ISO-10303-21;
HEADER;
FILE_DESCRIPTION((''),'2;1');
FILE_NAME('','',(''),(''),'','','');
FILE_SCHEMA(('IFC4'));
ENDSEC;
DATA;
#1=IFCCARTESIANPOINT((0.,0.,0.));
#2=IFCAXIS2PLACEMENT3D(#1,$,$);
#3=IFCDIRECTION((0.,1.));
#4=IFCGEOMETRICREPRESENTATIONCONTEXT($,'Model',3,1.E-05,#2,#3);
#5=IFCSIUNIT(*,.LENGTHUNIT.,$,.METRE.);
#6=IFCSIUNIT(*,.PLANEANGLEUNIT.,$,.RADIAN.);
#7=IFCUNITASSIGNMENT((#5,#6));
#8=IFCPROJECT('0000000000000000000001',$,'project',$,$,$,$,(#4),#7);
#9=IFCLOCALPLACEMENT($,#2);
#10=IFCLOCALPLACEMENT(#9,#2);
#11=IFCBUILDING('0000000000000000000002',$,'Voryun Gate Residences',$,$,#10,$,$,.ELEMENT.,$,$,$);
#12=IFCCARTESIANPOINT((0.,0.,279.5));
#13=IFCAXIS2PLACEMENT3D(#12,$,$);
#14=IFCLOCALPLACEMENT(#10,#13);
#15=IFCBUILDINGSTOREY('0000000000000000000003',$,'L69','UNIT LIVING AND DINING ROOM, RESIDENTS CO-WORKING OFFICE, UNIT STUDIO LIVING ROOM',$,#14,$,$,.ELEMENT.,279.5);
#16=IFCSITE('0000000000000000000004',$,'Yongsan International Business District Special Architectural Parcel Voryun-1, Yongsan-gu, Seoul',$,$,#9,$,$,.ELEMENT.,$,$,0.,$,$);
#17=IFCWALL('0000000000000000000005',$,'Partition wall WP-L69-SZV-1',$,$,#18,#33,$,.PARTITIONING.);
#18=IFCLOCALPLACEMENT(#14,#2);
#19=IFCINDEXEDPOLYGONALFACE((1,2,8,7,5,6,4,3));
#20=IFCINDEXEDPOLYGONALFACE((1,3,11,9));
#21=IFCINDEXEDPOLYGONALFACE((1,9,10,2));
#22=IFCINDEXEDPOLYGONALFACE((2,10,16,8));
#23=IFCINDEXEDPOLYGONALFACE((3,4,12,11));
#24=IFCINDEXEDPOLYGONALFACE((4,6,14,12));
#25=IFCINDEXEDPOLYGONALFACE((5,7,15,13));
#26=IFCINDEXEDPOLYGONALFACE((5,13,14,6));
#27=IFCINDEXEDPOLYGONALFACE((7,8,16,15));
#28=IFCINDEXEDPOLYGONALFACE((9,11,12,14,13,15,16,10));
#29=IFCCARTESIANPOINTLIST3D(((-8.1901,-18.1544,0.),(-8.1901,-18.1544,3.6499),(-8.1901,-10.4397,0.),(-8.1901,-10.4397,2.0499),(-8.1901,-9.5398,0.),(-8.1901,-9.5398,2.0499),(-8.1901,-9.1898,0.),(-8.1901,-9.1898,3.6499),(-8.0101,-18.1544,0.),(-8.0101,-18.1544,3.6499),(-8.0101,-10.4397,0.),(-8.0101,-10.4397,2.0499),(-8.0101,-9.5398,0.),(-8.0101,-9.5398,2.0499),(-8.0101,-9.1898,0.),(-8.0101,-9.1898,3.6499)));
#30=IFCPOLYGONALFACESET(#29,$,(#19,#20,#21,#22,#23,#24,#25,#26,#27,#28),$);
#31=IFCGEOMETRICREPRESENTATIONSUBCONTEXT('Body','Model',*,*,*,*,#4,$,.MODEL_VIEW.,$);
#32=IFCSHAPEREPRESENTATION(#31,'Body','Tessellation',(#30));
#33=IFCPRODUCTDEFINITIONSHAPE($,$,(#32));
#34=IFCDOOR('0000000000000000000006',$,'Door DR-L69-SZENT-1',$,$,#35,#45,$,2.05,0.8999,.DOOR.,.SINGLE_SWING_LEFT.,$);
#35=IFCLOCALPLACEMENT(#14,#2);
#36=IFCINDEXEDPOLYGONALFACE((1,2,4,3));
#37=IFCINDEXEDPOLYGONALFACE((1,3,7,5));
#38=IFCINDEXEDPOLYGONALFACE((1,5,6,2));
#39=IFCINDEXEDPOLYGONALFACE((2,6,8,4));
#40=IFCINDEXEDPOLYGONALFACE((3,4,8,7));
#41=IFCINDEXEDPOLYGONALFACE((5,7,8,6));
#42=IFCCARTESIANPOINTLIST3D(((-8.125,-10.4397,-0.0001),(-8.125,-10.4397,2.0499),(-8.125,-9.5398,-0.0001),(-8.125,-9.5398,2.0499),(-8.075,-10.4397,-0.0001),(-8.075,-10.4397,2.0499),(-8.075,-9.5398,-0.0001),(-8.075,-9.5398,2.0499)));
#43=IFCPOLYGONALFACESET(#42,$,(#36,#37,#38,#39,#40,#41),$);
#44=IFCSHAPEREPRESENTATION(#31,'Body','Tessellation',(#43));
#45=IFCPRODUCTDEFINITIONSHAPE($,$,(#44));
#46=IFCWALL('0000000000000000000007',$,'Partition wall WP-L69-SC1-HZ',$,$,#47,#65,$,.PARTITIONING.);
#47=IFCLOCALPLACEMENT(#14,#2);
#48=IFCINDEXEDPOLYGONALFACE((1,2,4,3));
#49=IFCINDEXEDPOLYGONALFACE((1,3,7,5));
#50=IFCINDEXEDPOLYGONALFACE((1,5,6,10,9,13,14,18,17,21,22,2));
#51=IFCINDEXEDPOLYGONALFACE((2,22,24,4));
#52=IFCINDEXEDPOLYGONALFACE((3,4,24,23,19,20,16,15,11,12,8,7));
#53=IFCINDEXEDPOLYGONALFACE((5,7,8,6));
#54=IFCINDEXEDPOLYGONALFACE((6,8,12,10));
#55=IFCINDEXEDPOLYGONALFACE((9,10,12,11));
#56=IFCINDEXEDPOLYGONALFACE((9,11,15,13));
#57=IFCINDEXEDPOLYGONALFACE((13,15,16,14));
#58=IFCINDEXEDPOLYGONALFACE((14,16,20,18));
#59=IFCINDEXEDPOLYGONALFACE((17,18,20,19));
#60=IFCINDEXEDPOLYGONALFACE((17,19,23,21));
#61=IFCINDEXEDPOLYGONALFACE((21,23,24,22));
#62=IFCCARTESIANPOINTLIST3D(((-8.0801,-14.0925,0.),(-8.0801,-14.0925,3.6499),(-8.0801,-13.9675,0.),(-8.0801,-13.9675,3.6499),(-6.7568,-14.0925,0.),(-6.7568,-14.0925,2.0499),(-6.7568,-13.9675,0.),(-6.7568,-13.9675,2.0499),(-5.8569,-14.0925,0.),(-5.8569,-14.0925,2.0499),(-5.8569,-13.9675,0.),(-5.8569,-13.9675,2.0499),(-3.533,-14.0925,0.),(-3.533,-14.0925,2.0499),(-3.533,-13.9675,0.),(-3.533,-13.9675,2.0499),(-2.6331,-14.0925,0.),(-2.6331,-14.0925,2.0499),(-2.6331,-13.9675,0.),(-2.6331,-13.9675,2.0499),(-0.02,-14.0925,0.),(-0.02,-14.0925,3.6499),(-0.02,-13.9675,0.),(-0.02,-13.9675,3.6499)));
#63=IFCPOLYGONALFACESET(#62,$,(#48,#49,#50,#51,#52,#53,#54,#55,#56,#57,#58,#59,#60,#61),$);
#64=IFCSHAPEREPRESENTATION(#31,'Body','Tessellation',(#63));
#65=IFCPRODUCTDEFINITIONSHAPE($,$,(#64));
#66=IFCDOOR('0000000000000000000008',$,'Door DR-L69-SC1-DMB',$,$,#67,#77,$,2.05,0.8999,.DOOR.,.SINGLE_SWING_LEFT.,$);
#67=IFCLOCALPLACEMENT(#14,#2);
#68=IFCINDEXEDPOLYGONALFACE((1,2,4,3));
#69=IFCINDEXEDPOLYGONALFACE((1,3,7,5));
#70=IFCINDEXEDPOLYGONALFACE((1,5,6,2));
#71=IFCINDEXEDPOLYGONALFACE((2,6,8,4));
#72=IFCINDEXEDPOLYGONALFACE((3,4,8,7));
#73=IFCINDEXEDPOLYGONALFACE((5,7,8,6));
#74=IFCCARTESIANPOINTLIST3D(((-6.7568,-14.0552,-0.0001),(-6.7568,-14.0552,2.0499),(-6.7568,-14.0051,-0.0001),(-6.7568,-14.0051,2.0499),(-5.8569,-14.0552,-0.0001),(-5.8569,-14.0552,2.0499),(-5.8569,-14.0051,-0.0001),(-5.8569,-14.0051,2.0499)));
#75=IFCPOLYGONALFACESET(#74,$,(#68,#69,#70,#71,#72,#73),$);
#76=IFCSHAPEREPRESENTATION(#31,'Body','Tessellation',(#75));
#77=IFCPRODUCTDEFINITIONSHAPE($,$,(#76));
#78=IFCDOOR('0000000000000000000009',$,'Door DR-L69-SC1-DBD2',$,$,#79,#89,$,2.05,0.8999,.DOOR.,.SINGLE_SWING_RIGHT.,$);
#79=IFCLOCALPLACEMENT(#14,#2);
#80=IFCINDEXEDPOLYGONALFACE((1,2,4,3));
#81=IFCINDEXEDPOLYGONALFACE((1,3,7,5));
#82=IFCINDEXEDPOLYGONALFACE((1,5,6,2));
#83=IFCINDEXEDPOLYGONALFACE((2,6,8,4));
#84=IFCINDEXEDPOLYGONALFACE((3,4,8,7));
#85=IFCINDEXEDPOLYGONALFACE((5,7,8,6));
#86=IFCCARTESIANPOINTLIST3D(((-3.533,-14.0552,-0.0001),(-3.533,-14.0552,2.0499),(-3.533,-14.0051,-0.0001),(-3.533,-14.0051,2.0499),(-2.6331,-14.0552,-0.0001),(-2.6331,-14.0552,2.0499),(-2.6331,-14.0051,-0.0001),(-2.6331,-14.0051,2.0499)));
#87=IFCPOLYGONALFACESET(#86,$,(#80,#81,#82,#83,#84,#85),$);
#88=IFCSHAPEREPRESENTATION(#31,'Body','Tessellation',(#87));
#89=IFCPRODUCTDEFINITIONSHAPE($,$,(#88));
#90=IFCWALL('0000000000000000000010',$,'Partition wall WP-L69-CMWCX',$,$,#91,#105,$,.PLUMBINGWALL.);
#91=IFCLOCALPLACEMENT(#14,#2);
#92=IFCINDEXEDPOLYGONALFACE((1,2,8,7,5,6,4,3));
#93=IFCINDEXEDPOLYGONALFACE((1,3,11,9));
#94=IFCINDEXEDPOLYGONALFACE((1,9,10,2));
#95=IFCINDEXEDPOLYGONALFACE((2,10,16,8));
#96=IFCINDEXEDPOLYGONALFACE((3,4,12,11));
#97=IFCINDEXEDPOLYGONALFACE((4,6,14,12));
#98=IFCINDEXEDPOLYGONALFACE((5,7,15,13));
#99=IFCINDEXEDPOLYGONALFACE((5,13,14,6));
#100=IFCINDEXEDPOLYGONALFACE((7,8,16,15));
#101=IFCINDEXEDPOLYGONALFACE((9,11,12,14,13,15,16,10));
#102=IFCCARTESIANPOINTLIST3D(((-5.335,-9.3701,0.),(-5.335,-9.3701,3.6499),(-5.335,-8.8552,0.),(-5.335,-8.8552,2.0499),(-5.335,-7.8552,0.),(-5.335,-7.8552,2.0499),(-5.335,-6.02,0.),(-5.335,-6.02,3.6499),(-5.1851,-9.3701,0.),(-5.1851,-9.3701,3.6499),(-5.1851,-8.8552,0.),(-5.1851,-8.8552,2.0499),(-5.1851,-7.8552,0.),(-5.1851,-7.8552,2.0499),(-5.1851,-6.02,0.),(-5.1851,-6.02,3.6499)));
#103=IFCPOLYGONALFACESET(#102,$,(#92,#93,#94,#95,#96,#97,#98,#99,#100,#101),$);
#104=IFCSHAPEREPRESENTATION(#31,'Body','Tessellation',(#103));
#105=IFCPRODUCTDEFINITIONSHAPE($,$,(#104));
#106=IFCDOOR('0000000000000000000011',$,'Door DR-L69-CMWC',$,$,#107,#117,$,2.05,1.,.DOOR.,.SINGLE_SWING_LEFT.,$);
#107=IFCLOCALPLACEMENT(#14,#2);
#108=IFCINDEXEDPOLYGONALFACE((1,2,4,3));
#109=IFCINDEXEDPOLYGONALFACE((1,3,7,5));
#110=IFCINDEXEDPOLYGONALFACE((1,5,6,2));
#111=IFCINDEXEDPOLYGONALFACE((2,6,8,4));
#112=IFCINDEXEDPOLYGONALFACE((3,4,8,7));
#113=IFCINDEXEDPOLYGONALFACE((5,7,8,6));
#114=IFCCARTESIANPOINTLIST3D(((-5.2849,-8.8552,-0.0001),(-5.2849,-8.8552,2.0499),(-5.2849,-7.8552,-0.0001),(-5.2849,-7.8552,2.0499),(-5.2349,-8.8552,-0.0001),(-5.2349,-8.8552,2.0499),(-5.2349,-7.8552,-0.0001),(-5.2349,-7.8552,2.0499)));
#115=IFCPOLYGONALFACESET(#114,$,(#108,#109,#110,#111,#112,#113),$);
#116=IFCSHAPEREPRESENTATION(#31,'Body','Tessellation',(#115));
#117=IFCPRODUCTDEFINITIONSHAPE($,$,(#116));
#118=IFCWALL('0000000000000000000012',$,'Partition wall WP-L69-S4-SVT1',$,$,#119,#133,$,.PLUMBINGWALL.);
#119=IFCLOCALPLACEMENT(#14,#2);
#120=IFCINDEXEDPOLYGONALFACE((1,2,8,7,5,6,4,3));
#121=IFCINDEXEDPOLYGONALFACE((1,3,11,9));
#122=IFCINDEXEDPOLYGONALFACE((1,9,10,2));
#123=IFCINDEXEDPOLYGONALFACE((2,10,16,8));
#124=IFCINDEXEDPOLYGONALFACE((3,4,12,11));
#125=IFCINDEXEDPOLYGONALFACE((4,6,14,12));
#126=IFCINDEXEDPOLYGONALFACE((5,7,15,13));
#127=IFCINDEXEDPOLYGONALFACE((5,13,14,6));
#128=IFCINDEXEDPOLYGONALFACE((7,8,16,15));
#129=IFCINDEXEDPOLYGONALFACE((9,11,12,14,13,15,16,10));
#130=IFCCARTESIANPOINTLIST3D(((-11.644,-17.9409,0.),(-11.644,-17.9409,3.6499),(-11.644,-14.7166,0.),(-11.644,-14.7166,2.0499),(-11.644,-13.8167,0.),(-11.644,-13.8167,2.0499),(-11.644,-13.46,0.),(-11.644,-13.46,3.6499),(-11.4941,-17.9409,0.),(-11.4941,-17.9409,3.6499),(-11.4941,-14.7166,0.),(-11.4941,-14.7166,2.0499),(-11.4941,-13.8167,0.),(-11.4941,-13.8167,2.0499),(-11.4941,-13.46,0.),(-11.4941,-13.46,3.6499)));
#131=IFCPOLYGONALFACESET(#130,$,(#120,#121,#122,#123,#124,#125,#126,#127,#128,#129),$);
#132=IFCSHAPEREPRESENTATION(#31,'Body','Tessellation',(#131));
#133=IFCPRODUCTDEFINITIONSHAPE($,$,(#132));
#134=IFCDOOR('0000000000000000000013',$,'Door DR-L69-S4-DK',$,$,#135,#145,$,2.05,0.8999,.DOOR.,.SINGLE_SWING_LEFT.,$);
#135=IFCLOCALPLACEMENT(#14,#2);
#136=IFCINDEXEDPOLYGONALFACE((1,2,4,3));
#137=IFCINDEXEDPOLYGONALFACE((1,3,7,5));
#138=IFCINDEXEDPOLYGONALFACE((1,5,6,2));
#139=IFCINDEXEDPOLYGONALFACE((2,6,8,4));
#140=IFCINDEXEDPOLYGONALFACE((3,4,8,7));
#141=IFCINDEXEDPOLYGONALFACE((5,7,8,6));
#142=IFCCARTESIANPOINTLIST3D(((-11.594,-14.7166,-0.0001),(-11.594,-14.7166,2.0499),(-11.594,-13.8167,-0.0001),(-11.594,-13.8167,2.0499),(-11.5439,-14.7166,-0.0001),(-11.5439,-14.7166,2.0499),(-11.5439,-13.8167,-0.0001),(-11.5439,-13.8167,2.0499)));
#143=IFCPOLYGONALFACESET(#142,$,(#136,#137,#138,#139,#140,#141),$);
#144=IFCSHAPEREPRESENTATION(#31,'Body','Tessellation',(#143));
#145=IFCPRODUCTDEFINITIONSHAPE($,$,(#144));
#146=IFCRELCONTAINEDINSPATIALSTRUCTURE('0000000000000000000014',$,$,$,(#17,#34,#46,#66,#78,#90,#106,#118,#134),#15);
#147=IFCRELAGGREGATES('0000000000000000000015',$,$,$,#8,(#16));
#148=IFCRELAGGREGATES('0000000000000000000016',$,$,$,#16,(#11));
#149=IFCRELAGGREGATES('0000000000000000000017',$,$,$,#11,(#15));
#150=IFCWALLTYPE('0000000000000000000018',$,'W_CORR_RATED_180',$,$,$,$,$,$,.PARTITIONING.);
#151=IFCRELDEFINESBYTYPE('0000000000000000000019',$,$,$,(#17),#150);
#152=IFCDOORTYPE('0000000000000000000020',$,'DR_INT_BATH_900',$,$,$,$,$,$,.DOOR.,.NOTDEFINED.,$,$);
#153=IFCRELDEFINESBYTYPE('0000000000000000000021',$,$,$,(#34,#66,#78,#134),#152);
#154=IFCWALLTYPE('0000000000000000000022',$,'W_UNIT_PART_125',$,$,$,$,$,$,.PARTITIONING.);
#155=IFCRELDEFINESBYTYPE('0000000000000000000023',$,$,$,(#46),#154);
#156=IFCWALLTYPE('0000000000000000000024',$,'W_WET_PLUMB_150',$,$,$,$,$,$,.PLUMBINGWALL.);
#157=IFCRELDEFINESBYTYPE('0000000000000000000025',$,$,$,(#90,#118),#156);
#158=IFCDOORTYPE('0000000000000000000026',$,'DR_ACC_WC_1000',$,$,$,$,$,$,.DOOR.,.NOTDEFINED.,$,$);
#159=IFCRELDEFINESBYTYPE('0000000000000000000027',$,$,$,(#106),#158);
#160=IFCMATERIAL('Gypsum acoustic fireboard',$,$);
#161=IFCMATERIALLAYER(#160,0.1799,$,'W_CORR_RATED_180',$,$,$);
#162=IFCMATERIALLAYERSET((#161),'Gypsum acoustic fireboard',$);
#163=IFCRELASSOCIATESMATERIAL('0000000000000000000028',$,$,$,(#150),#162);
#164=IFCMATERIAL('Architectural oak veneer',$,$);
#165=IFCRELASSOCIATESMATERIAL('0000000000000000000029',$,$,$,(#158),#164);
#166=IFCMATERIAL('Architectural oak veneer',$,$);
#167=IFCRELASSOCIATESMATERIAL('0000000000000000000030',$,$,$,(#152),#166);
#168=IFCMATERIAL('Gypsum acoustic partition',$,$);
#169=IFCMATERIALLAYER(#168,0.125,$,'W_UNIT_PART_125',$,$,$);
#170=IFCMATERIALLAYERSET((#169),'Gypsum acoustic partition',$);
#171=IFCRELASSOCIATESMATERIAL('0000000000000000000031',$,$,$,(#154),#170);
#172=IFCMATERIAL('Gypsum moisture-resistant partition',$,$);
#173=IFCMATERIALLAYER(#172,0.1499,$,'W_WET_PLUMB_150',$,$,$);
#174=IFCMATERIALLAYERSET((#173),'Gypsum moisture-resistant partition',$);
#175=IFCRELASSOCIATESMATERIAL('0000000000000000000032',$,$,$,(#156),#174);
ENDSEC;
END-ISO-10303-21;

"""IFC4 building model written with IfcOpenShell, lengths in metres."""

from ifc_helpers import new_model, si_unit, direction, frame, frame_2d, origin, place, context, subcontext, project, spatial, rectangle, extrude, material, layer, layer_set, type_object, element, fill, save


model = new_model("IFC4")

# Units and contexts
model_context = context("Model", 3, precision=1e-05, world=origin(), true_north=direction((0.0, 1.0)))
body_context = subcontext(model_context, "Body", "Model", "MODEL_VIEW")
ifc_project = project(units=[si_unit("LENGTHUNIT", "METRE"), si_unit("PLANEANGLEUNIT", "RADIAN")], contexts=[model_context])

# Site, building, storey
site_placement = place(None, origin())
site = spatial("IfcSite", under=ifc_project, at=site_placement, Name="Yongsan International Business District Special Architectural Parcel Voryun-1, Yongsan-gu, Seoul", CompositionType="ELEMENT", RefElevation=0.0)
building_placement = place(site_placement, origin())
building = spatial("IfcBuilding", under=site, at=building_placement, Name="Voryun Gate Residences", CompositionType="ELEMENT")
storey_placement = place(building_placement, frame((0.0, 0.0, 279.5)))
storey = spatial("IfcBuildingStorey", under=building, at=storey_placement, Name="L69", Description="UNIT LIVING AND DINING ROOM, RESIDENTS CO-WORKING OFFICE, UNIT STUDIO LIVING ROOM", CompositionType="ELEMENT", Elevation=279.5)

# Shared definitions
ifc_material_1 = material(Name="Gypsum acoustic fireboard")
ifc_layer_1 = layer(ifc_material_1, 0.1799, Name="W_CORR_RATED_180")
ifc_layer_set_1 = layer_set([ifc_layer_1], Name="Gypsum acoustic fireboard")
wall_type_1 = type_object("IfcWallType", Name="W_CORR_RATED_180", PredefinedType="PARTITIONING", material=ifc_layer_set_1)

# Shared definitions
ifc_material_2 = material(Name="Architectural oak veneer")
door_type_1 = type_object("IfcDoorType", Name="DR_ACC_WC_1000", OperationType="NOTDEFINED", PredefinedType="DOOR", material=ifc_material_2)

# Wall, opening, door
wall_1_placement = place(storey_placement, frame((-8.1001, -18.1545, 0.0), z_axis=(0.0, 0.0, 1.0), x_axis=(0.0, 1.0, 0.0)))
wall_1 = element("IfcWall", 1, at=wall_1_placement, inside=storey, type_object=wall_type_1, Name="Partition wall WP-L69-SZV-1", PredefinedType="PARTITIONING", context=body_context, shape_type="SweptSolid", body=[
    extrude(rectangle(XDim=8.9646, YDim=0.1799, at=frame_2d((4.4824, 0.0))), origin(), (0.0, 0.0, 1.0), 3.6499),
])
opening_1_placement = place(wall_1_placement, frame((7.7148, 0.0, 0.0)))
opening_1 = element("IfcOpeningElement", 2, at=opening_1_placement, cuts=wall_1, PredefinedType="OPENING", context=body_context, shape_type="SweptSolid", body=[
    extrude(rectangle(XDim=0.8999, YDim=2.05, at=frame_2d((0.45, 1.0249))), frame((0.0, 0.0999, 0.0), z_axis=(0.0, -1.0, 0.0), x_axis=(1.0, 0.0, 0.0)), (0.0, 0.0, 1.0), 0.2),
])
ifc_material_3 = material(Name="Architectural oak veneer")
door_type_2 = type_object("IfcDoorType", Name="DR_INT_BATH_900", OperationType="NOTDEFINED", PredefinedType="DOOR", material=ifc_material_3)
door_1_placement = place(opening_1_placement, origin())
door_1 = element("IfcDoor", 3, at=door_1_placement, inside=storey, type_object=door_type_2, Name="Door DR-L69-SZENT-1", OperationType="SINGLE_SWING_LEFT", OverallHeight=2.05, OverallWidth=0.8999, PredefinedType="DOOR", context=body_context, shape_type="SweptSolid", body=[
    extrude(rectangle(XDim=0.8999, YDim=2.05, at=frame_2d((0.45, 1.0249))), frame((0.0, 0.0249, 0.0), z_axis=(0.0, -1.0, 0.0), x_axis=(1.0, 0.0, 0.0)), (0.0, 0.0, 1.0), 0.05),
])
fill(opening_1, door_1)

# Wall, openings, doors
ifc_material_4 = material(Name="Gypsum acoustic partition")
ifc_layer_2 = layer(ifc_material_4, 0.125, Name="W_UNIT_PART_125")
ifc_layer_set_2 = layer_set([ifc_layer_2], Name="Gypsum acoustic partition")
wall_type_2 = type_object("IfcWallType", Name="W_UNIT_PART_125", PredefinedType="PARTITIONING", material=ifc_layer_set_2)
wall_2_placement = place(storey_placement, frame((-8.0801, -14.03, 0.0), z_axis=(0.0, 0.0, 1.0), x_axis=(1.0, 0.0, 0.0)))
wall_2 = element("IfcWall", 4, at=wall_2_placement, inside=storey, type_object=wall_type_2, Name="Partition wall WP-L69-SC1-HZ", PredefinedType="PARTITIONING", context=body_context, shape_type="SweptSolid", body=[
    extrude(rectangle(XDim=8.0601, YDim=0.125, at=frame_2d((4.03, 0.0))), origin(), (0.0, 0.0, 1.0), 3.6499),
])
opening_2_placement = place(wall_2_placement, frame((1.3232, 0.0, 0.0)))
opening_2 = element("IfcOpeningElement", 5, at=opening_2_placement, cuts=wall_2, PredefinedType="OPENING", context=body_context, shape_type="SweptSolid", body=[
    extrude(rectangle(XDim=0.8999, YDim=2.05, at=frame_2d((0.45, 1.0249))), frame((0.0, 0.0725, 0.0), z_axis=(0.0, -1.0, 0.0), x_axis=(1.0, 0.0, 0.0)), (0.0, 0.0, 1.0), 0.145),
])
opening_3_placement = place(wall_2_placement, frame((4.5471, 0.0, 0.0)))
opening_3 = element("IfcOpeningElement", 6, at=opening_3_placement, cuts=wall_2, PredefinedType="OPENING", context=body_context, shape_type="SweptSolid", body=[
    extrude(rectangle(XDim=0.8999, YDim=2.05, at=frame_2d((0.45, 1.0249))), frame((0.0, 0.0725, 0.0), z_axis=(0.0, -1.0, 0.0), x_axis=(1.0, 0.0, 0.0)), (0.0, 0.0, 1.0), 0.145),
])
door_2_placement = place(opening_2_placement, origin())
door_2 = element("IfcDoor", 7, at=door_2_placement, inside=storey, type_object=door_type_2, Name="Door DR-L69-SC1-DMB", OperationType="SINGLE_SWING_LEFT", OverallHeight=2.05, OverallWidth=0.8999, PredefinedType="DOOR", context=body_context, shape_type="SweptSolid", body=[
    extrude(rectangle(XDim=0.8999, YDim=2.05, at=frame_2d((0.45, 1.0249))), frame((0.0, 0.0249, 0.0), z_axis=(0.0, -1.0, 0.0), x_axis=(1.0, 0.0, 0.0)), (0.0, 0.0, 1.0), 0.05),
])
fill(opening_2, door_2)
door_3_placement = place(opening_3_placement, origin())
door_3 = element("IfcDoor", 8, at=door_3_placement, inside=storey, type_object=door_type_2, Name="Door DR-L69-SC1-DBD2", OperationType="SINGLE_SWING_RIGHT", OverallHeight=2.05, OverallWidth=0.8999, PredefinedType="DOOR", context=body_context, shape_type="SweptSolid", body=[
    extrude(rectangle(XDim=0.8999, YDim=2.05, at=frame_2d((0.45, 1.0249))), frame((0.0, 0.0249, 0.0), z_axis=(0.0, -1.0, 0.0), x_axis=(1.0, 0.0, 0.0)), (0.0, 0.0, 1.0), 0.05),
])
fill(opening_3, door_3)

# Walls, openings, doors
ifc_material_5 = material(Name="Gypsum moisture-resistant partition")
ifc_layer_3 = layer(ifc_material_5, 0.1499, Name="W_WET_PLUMB_150")
ifc_layer_set_3 = layer_set([ifc_layer_3], Name="Gypsum moisture-resistant partition")
wall_type_3 = type_object("IfcWallType", Name="W_WET_PLUMB_150", PredefinedType="PLUMBINGWALL", material=ifc_layer_set_3)
wall_3_placement = place(storey_placement, frame((-5.26, -9.3701, 0.0), z_axis=(0.0, 0.0, 1.0), x_axis=(0.0, 1.0, 0.0)))
wall_3 = element("IfcWall", 9, at=wall_3_placement, inside=storey, type_object=wall_type_3, Name="Partition wall WP-L69-CMWCX", PredefinedType="PLUMBINGWALL", context=body_context, shape_type="SweptSolid", body=[
    extrude(rectangle(XDim=3.3501, YDim=0.1499, at=frame_2d((1.675, 0.0))), origin(), (0.0, 0.0, 1.0), 3.6499),
])
opening_4_placement = place(wall_3_placement, frame((0.5149, 0.0, 0.0)))
opening_4 = element("IfcOpeningElement", 10, at=opening_4_placement, cuts=wall_3, PredefinedType="OPENING", context=body_context, shape_type="SweptSolid", body=[
    extrude(rectangle(XDim=1.0, YDim=2.05, at=frame_2d((0.5, 1.0249))), frame((0.0, 0.085, 0.0), z_axis=(0.0, -1.0, 0.0), x_axis=(1.0, 0.0, 0.0)), (0.0, 0.0, 1.0), 0.1699),
])
door_4_placement = place(opening_4_placement, origin())
door_4 = element("IfcDoor", 11, at=door_4_placement, inside=storey, type_object=door_type_1, Name="Door DR-L69-CMWC", OperationType="SINGLE_SWING_LEFT", OverallHeight=2.05, OverallWidth=1.0, PredefinedType="DOOR", context=body_context, shape_type="SweptSolid", body=[
    extrude(rectangle(XDim=1.0, YDim=2.05, at=frame_2d((0.5, 1.0249))), frame((0.0, 0.0249, 0.0), z_axis=(0.0, -1.0, 0.0), x_axis=(1.0, 0.0, 0.0)), (0.0, 0.0, 1.0), 0.05),
])
fill(opening_4, door_4)
wall_4_placement = place(storey_placement, frame((-11.5691, -17.9409, 0.0), z_axis=(0.0, 0.0, 1.0), x_axis=(0.0, 1.0, 0.0)))
wall_4 = element("IfcWall", 12, at=wall_4_placement, inside=storey, type_object=wall_type_3, Name="Partition wall WP-L69-S4-SVT1", PredefinedType="PLUMBINGWALL", context=body_context, shape_type="SweptSolid", body=[
    extrude(rectangle(XDim=4.481, YDim=0.1499, at=frame_2d((2.2405, 0.0))), origin(), (0.0, 0.0, 1.0), 3.6499),
])
opening_5_placement = place(wall_4_placement, frame((3.2244, 0.0, 0.0)))
opening_5 = element("IfcOpeningElement", 13, at=opening_5_placement, cuts=wall_4, PredefinedType="OPENING", context=body_context, shape_type="SweptSolid", body=[
    extrude(rectangle(XDim=0.8999, YDim=2.05, at=frame_2d((0.45, 1.0249))), frame((0.0, 0.085, 0.0), z_axis=(0.0, -1.0, 0.0), x_axis=(1.0, 0.0, 0.0)), (0.0, 0.0, 1.0), 0.1699),
])
door_5_placement = place(opening_5_placement, origin())
door_5 = element("IfcDoor", 14, at=door_5_placement, inside=storey, type_object=door_type_2, Name="Door DR-L69-S4-DK", OperationType="SINGLE_SWING_LEFT", OverallHeight=2.05, OverallWidth=0.8999, PredefinedType="DOOR", context=body_context, shape_type="SweptSolid", body=[
    extrude(rectangle(XDim=0.8999, YDim=2.05, at=frame_2d((0.45, 1.0249))), frame((0.0, 0.0249, 0.0), z_axis=(0.0, -1.0, 0.0), x_axis=(1.0, 0.0, 0.0)), (0.0, 0.0, 1.0), 0.05),
])
fill(opening_5, door_5)

save(model, "model.ifc")
